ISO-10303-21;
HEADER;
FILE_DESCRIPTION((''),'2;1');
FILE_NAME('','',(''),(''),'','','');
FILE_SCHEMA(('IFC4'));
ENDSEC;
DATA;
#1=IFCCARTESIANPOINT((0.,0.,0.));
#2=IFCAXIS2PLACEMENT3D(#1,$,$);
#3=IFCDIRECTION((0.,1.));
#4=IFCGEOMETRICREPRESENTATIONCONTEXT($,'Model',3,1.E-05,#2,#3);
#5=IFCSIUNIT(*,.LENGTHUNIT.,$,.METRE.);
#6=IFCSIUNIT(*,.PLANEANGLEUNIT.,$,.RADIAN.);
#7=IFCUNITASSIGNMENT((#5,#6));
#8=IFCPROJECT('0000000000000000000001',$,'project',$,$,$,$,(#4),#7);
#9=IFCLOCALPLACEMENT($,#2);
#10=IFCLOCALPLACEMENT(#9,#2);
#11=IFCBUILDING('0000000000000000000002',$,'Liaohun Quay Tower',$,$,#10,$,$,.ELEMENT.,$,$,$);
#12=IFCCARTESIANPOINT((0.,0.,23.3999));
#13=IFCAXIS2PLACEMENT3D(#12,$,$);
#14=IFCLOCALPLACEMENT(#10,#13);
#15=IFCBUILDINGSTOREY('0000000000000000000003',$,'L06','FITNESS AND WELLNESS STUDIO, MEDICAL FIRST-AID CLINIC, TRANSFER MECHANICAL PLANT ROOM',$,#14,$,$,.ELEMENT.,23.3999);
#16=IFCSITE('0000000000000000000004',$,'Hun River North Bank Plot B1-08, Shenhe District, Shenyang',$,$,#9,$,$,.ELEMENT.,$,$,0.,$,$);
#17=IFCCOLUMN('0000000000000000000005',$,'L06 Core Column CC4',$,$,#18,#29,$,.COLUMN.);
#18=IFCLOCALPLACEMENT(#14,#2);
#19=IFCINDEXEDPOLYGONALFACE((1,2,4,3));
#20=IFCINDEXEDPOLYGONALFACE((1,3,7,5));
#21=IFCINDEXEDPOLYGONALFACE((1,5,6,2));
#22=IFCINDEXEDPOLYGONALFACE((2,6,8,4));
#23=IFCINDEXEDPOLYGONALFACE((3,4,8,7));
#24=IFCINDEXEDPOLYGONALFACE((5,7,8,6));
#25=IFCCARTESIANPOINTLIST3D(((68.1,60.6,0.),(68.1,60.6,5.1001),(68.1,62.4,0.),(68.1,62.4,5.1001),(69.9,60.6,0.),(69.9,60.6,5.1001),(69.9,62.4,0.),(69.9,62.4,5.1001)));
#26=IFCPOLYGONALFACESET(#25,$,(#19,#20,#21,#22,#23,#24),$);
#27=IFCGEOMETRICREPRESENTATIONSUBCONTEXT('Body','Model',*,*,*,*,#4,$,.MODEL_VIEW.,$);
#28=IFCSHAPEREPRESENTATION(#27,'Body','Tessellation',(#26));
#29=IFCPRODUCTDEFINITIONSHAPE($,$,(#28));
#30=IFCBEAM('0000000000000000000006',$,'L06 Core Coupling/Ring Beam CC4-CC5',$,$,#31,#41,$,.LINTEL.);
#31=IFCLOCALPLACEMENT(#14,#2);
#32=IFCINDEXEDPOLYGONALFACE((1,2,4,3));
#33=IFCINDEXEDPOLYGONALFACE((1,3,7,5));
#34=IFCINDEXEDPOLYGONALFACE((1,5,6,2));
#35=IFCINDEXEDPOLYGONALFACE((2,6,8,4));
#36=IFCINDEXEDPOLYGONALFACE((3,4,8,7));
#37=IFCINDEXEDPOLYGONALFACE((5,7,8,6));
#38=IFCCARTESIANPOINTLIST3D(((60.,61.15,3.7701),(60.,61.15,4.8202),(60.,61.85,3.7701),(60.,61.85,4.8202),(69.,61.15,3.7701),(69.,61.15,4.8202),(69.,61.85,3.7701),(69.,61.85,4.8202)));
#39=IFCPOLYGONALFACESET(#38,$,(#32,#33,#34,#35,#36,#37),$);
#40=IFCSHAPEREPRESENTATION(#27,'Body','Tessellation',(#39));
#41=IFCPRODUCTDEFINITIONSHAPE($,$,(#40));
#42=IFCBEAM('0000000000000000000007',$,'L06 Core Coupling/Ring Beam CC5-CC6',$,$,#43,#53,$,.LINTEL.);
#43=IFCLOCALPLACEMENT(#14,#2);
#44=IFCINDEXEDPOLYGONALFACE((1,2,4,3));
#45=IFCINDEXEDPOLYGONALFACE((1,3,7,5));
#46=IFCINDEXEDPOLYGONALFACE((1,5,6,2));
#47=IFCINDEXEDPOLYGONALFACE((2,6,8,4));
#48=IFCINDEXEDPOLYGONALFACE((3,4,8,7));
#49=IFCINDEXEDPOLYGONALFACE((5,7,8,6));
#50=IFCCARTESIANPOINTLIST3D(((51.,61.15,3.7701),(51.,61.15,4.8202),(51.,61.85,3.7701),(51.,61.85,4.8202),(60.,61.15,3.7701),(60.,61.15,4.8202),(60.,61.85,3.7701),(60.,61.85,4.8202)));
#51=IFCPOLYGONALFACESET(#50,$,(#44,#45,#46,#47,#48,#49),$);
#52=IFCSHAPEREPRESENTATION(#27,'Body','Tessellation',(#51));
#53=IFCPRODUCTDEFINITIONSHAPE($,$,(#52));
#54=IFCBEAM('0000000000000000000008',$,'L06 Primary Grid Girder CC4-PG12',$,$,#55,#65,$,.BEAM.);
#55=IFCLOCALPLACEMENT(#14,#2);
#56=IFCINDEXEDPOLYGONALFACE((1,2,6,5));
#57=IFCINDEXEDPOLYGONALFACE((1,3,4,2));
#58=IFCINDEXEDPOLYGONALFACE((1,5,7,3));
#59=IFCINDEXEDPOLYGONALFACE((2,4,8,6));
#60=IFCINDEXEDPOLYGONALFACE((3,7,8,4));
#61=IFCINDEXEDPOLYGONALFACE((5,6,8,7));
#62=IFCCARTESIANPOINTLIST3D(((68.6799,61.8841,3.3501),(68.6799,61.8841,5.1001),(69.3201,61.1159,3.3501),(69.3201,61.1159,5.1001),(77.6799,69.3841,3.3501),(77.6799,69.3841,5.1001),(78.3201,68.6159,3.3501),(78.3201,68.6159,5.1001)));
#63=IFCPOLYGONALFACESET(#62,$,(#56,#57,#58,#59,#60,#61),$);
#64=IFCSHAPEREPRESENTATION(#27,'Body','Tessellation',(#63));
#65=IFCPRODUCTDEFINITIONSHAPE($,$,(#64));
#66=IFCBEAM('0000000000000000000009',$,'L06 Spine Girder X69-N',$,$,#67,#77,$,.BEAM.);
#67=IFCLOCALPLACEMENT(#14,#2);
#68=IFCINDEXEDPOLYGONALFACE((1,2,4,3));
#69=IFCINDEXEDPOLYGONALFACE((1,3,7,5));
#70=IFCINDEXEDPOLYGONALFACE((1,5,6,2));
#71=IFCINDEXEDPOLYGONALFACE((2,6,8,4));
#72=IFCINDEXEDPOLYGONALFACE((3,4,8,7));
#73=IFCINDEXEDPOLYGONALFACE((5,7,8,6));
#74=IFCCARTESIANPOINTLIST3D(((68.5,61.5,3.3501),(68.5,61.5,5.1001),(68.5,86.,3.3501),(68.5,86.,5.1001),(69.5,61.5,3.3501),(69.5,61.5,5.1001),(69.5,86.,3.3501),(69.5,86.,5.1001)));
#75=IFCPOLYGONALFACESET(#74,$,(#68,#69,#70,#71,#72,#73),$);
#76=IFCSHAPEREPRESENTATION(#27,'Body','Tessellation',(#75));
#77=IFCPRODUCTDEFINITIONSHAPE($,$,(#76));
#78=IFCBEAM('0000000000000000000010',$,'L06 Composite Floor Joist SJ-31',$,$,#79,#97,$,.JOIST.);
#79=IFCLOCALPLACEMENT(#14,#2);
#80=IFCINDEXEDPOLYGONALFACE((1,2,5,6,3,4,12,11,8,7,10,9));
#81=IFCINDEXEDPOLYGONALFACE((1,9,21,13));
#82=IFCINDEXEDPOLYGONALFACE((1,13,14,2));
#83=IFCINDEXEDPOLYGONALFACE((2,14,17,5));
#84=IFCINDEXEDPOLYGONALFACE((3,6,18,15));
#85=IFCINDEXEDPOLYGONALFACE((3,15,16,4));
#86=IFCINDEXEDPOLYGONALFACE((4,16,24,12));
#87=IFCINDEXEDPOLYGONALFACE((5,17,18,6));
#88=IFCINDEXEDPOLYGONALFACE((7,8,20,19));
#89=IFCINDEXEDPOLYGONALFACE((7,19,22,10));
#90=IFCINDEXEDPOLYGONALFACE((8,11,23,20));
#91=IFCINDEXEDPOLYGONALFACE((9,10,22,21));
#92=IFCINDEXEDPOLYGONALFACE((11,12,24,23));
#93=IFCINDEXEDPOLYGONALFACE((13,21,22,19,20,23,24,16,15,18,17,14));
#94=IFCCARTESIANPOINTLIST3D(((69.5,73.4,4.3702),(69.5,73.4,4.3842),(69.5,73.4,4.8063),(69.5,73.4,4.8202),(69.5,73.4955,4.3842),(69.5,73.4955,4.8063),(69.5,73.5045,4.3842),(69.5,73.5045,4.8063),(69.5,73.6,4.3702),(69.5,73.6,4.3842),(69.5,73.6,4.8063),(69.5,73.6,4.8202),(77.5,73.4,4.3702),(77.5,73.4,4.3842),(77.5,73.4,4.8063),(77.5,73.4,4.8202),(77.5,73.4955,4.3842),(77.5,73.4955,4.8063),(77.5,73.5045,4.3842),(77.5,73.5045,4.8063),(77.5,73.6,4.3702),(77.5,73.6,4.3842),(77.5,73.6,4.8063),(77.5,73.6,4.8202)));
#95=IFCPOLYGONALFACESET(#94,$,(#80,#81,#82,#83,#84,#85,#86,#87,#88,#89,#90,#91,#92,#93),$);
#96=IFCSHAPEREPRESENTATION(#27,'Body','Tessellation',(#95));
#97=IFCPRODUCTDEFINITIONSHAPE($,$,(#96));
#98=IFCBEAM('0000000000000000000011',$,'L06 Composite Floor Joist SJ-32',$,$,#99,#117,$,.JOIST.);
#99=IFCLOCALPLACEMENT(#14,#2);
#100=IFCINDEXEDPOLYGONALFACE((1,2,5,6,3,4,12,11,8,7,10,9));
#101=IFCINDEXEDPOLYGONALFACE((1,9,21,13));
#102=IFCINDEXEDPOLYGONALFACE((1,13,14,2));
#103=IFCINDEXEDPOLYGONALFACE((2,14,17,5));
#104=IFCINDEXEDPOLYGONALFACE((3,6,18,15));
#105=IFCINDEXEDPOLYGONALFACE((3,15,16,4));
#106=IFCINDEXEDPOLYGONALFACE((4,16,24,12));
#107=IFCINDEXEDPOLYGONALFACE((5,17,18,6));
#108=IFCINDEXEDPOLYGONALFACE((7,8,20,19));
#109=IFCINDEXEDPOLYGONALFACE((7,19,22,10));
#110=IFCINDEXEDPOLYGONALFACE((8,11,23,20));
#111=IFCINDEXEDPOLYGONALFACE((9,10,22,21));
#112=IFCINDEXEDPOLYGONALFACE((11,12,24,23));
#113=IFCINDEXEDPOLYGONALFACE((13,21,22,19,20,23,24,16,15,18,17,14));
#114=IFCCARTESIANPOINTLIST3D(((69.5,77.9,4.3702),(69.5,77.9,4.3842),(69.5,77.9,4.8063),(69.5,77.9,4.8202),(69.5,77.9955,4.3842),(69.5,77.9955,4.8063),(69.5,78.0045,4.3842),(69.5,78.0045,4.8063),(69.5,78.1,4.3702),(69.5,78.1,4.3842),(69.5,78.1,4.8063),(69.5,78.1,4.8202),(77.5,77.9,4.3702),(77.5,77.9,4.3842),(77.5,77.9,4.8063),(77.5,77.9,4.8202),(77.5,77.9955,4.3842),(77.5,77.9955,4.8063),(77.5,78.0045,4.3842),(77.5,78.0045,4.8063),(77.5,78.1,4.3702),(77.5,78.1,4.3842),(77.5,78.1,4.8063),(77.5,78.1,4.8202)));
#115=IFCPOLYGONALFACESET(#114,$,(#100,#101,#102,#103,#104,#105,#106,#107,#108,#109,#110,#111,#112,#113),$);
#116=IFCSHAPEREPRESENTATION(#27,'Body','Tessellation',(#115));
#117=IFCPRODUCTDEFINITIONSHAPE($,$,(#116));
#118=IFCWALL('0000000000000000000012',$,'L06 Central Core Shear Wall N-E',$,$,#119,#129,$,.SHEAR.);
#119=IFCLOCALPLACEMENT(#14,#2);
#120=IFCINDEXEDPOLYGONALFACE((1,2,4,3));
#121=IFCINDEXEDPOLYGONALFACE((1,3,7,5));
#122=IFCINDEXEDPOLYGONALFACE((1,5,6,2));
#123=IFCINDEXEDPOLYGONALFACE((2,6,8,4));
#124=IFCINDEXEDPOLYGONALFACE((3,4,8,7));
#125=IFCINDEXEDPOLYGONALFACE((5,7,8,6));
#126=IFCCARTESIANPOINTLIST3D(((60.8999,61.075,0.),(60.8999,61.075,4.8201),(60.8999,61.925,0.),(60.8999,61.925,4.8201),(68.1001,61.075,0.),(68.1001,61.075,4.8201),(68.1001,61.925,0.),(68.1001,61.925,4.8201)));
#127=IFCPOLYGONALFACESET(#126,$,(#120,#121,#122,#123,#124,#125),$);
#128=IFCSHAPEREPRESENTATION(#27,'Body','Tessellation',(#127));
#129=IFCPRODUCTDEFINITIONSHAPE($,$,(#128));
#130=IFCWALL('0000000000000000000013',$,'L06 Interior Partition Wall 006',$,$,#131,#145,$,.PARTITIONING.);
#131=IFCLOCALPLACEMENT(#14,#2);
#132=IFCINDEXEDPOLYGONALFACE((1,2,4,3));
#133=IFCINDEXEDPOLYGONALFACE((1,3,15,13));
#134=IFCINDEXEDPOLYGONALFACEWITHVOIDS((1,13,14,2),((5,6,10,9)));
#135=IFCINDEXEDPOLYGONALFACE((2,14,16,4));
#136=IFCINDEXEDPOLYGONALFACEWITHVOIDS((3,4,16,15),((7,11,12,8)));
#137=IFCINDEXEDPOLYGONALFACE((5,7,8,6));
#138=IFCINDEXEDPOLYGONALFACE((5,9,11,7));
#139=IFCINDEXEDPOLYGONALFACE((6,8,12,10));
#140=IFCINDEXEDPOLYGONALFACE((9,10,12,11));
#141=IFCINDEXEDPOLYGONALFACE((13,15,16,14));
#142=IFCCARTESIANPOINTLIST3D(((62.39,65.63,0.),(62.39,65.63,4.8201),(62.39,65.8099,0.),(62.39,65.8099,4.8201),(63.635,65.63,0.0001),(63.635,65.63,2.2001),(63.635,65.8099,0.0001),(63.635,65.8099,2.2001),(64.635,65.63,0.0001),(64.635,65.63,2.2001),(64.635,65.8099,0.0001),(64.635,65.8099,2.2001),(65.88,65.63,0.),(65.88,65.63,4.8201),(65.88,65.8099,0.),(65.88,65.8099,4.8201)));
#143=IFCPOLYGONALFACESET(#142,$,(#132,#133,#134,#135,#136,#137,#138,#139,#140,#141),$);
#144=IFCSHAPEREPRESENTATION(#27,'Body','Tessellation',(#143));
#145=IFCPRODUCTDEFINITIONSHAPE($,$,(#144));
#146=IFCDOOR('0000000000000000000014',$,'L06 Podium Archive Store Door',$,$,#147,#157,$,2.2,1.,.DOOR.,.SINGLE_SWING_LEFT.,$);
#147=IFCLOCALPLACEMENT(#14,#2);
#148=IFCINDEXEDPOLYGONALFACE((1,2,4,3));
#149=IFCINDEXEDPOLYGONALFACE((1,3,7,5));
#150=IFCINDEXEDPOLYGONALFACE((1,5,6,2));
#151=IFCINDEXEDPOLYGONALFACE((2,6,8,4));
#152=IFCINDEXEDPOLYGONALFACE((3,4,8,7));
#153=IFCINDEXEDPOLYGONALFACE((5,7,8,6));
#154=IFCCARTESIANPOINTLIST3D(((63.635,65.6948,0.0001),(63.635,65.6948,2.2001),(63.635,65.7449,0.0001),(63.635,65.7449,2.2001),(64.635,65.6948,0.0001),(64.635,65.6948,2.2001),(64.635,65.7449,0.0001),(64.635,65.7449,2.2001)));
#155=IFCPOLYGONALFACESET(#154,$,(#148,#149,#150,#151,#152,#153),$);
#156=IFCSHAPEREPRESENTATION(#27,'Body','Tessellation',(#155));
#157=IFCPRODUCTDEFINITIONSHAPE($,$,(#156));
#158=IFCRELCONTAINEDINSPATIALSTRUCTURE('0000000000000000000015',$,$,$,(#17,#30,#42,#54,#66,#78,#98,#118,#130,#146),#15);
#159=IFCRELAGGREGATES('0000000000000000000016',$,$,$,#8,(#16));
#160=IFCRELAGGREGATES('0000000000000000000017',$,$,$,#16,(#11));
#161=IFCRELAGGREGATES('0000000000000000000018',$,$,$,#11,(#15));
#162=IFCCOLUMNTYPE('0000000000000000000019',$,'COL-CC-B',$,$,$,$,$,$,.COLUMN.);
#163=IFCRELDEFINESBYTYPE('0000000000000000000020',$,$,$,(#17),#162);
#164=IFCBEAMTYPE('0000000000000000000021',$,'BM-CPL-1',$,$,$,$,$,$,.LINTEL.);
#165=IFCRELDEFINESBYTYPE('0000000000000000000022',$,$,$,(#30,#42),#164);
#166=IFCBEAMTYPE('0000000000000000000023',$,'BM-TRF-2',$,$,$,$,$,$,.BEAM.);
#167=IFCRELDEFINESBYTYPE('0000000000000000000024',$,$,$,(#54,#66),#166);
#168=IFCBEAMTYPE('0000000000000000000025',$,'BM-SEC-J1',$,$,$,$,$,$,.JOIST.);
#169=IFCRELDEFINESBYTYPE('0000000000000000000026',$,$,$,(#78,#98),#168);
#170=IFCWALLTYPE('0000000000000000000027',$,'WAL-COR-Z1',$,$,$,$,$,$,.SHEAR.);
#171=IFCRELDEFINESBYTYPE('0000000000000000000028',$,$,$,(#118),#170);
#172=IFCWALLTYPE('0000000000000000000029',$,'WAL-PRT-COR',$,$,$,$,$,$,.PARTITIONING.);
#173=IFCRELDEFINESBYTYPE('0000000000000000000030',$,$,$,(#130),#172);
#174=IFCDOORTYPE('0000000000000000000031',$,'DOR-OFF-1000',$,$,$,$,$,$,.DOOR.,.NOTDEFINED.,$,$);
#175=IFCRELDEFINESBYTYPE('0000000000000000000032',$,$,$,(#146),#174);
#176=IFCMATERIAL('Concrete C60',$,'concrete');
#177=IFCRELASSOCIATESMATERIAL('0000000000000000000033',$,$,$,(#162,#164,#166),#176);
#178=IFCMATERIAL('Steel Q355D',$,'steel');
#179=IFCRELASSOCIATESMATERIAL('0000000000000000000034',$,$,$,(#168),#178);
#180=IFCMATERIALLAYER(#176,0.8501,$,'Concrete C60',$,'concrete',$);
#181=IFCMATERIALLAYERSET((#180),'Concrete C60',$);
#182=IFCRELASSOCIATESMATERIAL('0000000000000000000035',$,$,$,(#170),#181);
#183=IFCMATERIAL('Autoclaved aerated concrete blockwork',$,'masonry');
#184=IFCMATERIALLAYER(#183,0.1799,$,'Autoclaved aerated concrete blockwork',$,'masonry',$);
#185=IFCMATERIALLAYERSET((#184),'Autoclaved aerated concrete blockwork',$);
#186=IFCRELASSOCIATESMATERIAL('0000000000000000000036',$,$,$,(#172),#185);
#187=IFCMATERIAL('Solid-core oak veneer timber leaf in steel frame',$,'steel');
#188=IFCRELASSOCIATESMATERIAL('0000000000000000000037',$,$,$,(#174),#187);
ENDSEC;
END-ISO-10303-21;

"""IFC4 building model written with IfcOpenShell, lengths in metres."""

from ifc_helpers import new_model, si_unit, direction, frame, frame_2d, origin, origin_2d, place, context, subcontext, project, spatial, rectangle, i_section, extrude, source, transform, mapped, material, layer, layer_set, material_profile, profile_set, type_object, element, fill, save


model = new_model("IFC4")

# Units and contexts
model_context = context("Model", 3, precision=1e-05, world=origin(), true_north=direction((0.0, 1.0)))
body_context = subcontext(model_context, "Body", "Model", "MODEL_VIEW")
ifc_project = project(units=[si_unit("LENGTHUNIT", "METRE"), si_unit("PLANEANGLEUNIT", "RADIAN")], contexts=[model_context])

# Site, building, storey
site_placement = place(None, origin())
site = spatial("IfcSite", under=ifc_project, at=site_placement, Name="Hun River North Bank Plot B1-08, Shenhe District, Shenyang", CompositionType="ELEMENT", RefElevation=0.0)
building_placement = place(site_placement, origin())
building = spatial("IfcBuilding", under=site, at=building_placement, Name="Liaohun Quay Tower", CompositionType="ELEMENT")
storey_placement = place(building_placement, frame((0.0, 0.0, 23.3999)))
storey = spatial("IfcBuildingStorey", under=building, at=storey_placement, Name="L06", Description="FITNESS AND WELLNESS STUDIO, MEDICAL FIRST-AID CLINIC, TRANSFER MECHANICAL PLANT ROOM", CompositionType="ELEMENT", Elevation=23.3999)

# Column
ifc_material_1 = material(Name="Concrete C60", Category="concrete")
ifc_material_profile_1 = material_profile(ifc_material_1, rectangle(XDim=1.8, YDim=1.8, at=origin_2d()), Name="RC1800x1800")
ifc_profile_set_1 = profile_set([ifc_material_profile_1], Name="Concrete C60")
column_type = type_object("IfcColumnType", Name="COL-CC-B", PredefinedType="COLUMN", material=ifc_profile_set_1)
shared_shape_1 = source(origin(), body_context, "Body", "SweptSolid", [
    extrude(rectangle(XDim=1.8, YDim=1.8, at=origin_2d()), origin(), (0.0, 0.0, 1.0), 5.1001),
])
column_placement = place(storey_placement, frame((69.0, 61.5, 0.0), z_axis=(0.0, 0.0, 1.0), x_axis=(1.0, 0.0, 0.0)))
element("IfcColumn", 1, at=column_placement, inside=storey, type_object=column_type, Name="L06 Core Column CC4", PredefinedType="COLUMN", context=body_context, shape_type="MappedRepresentation", body=[
    mapped(shared_shape_1, transform((0.0, 0.0, 0.0), x_axis=(1.0, 0.0, 0.0), y_axis=(0.0, 1.0, 0.0), z_axis=(0.0, 0.0, 1.0), scale=1.0)),
])

# Beams
ifc_material_profile_2 = material_profile(ifc_material_1, rectangle(XDim=0.7, YDim=1.05, at=origin_2d()), Name="RC700x1050")
ifc_profile_set_2 = profile_set([ifc_material_profile_2], Name="Concrete C60")
beam_type_1 = type_object("IfcBeamType", Name="BM-CPL-1", PredefinedType="LINTEL", material=ifc_profile_set_2)
shared_shape_2 = source(origin(), body_context, "Body", "SweptSolid", [
    extrude(rectangle(XDim=0.7, YDim=1.05, at=origin_2d()), origin(), (0.0, 0.0, 1.0), 9.0),
])
for number, where, z_axis, x_axis, name in (
    (2, (69.0, 61.5, 4.2952), (-1.0, 0.0, 0.0), (0.0, -1.0, 0.0), "L06 Core Coupling/Ring Beam CC4-CC5"),
    (3, (60.0, 61.5, 4.2952), (-1.0, 0.0, 0.0), (0.0, -1.0, 0.0), "L06 Core Coupling/Ring Beam CC5-CC6"),
):
    element("IfcBeam", number, at=place(storey_placement, frame(where, z_axis=z_axis, x_axis=x_axis)), inside=storey, type_object=beam_type_1, Name=name, PredefinedType="LINTEL", context=body_context, shape_type="MappedRepresentation", body=[
        mapped(shared_shape_2, transform((0.0, 0.0, 0.0), x_axis=(1.0, 0.0, 0.0), y_axis=(0.0, 1.0, 0.0), z_axis=(0.0, 0.0, 1.0), scale=1.0)),
    ])
ifc_material_profile_3 = material_profile(ifc_material_1, rectangle(XDim=1.0, YDim=1.75, at=origin_2d()), Name="RC1000x1750")
ifc_profile_set_3 = profile_set([ifc_material_profile_3], Name="Concrete C60")
beam_type_2 = type_object("IfcBeamType", Name="BM-TRF-2", PredefinedType="BEAM", material=ifc_profile_set_3)
shared_shape_3 = source(origin(), body_context, "Body", "SweptSolid", [
    extrude(rectangle(XDim=1.0, YDim=1.75, at=origin_2d()), origin(), (0.0, 0.0, 1.0), 11.7153),
])
beam_1_placement = place(storey_placement, frame((69.0, 61.5, 4.2251), z_axis=(0.768221, 0.640184, 0.0), x_axis=(-0.640184, 0.768221, 0.0)))
element("IfcBeam", 4, at=beam_1_placement, inside=storey, type_object=beam_type_2, Name="L06 Primary Grid Girder CC4-PG12", PredefinedType="BEAM", context=body_context, shape_type="MappedRepresentation", body=[
    mapped(shared_shape_3, transform((0.0, 0.0, 0.0), x_axis=(1.0, 0.0, 0.0), y_axis=(0.0, 1.0, 0.0), z_axis=(0.0, 0.0, 1.0), scale=1.0)),
])
shared_shape_4 = source(origin(), body_context, "Body", "SweptSolid", [
    extrude(rectangle(XDim=1.0, YDim=1.75, at=origin_2d()), origin(), (0.0, 0.0, 1.0), 24.5),
])
beam_2_placement = place(storey_placement, frame((69.0, 61.5, 4.2251), z_axis=(0.0, 1.0, 0.0), x_axis=(-1.0, 0.0, 0.0)))
element("IfcBeam", 5, at=beam_2_placement, inside=storey, type_object=beam_type_2, Name="L06 Spine Girder X69-N", PredefinedType="BEAM", context=body_context, shape_type="MappedRepresentation", body=[
    mapped(shared_shape_4, transform((0.0, 0.0, 0.0), x_axis=(1.0, 0.0, 0.0), y_axis=(0.0, 1.0, 0.0), z_axis=(0.0, 0.0, 1.0), scale=1.0)),
])
ifc_material_2 = material(Name="Steel Q355D", Category="steel")
ifc_material_profile_4 = material_profile(ifc_material_2, i_section(OverallWidth=0.2, OverallDepth=0.45, WebThickness=0.009, FlangeThickness=0.0139, at=origin_2d()), Name="HN450x200x9x14")
ifc_profile_set_4 = profile_set([ifc_material_profile_4], Name="Steel Q355D")
beam_type_3 = type_object("IfcBeamType", Name="BM-SEC-J1", PredefinedType="JOIST", material=ifc_profile_set_4)
shared_shape_5 = source(origin(), body_context, "Body", "SweptSolid", [
    extrude(i_section(OverallWidth=0.2, OverallDepth=0.45, WebThickness=0.009, FlangeThickness=0.0139, at=origin_2d()), origin(), (0.0, 0.0, 1.0), 8.0),
])
for number, where, z_axis, x_axis, name in (
    (6, (69.5, 73.5, 4.5952), (1.0, 0.0, 0.0), (0.0, 1.0, 0.0), "L06 Composite Floor Joist SJ-31"),
    (7, (69.5, 78.0, 4.5952), (1.0, 0.0, 0.0), (0.0, 1.0, 0.0), "L06 Composite Floor Joist SJ-32"),
):
    element("IfcBeam", number, at=place(storey_placement, frame(where, z_axis=z_axis, x_axis=x_axis)), inside=storey, type_object=beam_type_3, Name=name, PredefinedType="JOIST", context=body_context, shape_type="MappedRepresentation", body=[
        mapped(shared_shape_5, transform((0.0, 0.0, 0.0), x_axis=(1.0, 0.0, 0.0), y_axis=(0.0, 1.0, 0.0), z_axis=(0.0, 0.0, 1.0), scale=1.0)),
    ])

# Wall
ifc_layer_1 = layer(ifc_material_1, 0.8501, Name="Concrete C60", Category="concrete")
ifc_layer_set_1 = layer_set([ifc_layer_1], Name="Concrete C60")
wall_type_1 = type_object("IfcWallType", Name="WAL-COR-Z1", PredefinedType="SHEAR", material=ifc_layer_set_1)
wall_1_placement = place(storey_placement, frame((60.8999, 61.5, 0.0), z_axis=(0.0, 0.0, 1.0), x_axis=(1.0, 0.0, 0.0)))
element("IfcWall", 8, at=wall_1_placement, inside=storey, type_object=wall_type_1, Name="L06 Central Core Shear Wall N-E", PredefinedType="SHEAR", context=body_context, shape_type="SweptSolid", body=[
    extrude(rectangle(XDim=7.2002, YDim=0.8501, at=frame_2d((3.6001, 0.0))), origin(), (0.0, 0.0, 1.0), 4.8201),
])

# Wall, opening, door
ifc_material_3 = material(Name="Autoclaved aerated concrete blockwork", Category="masonry")
ifc_layer_2 = layer(ifc_material_3, 0.1799, Name="Autoclaved aerated concrete blockwork", Category="masonry")
ifc_layer_set_2 = layer_set([ifc_layer_2], Name="Autoclaved aerated concrete blockwork")
wall_type_2 = type_object("IfcWallType", Name="WAL-PRT-COR", PredefinedType="PARTITIONING", material=ifc_layer_set_2)
wall_2_placement = place(storey_placement, frame((62.3899, 65.72, 0.0), z_axis=(0.0, 0.0, 1.0), x_axis=(1.0, 0.0, 0.0)))
wall_2 = element("IfcWall", 9, at=wall_2_placement, inside=storey, type_object=wall_type_2, Name="L06 Interior Partition Wall 006", PredefinedType="PARTITIONING", context=body_context, shape_type="SweptSolid", body=[
    extrude(rectangle(XDim=3.49, YDim=0.1799, at=frame_2d((1.7451, 0.0))), origin(), (0.0, 0.0, 1.0), 4.8201),
])
shared_shape_6 = source(origin(), body_context, "Body", "SweptSolid", [
    extrude(rectangle(XDim=1.0, YDim=2.2, at=frame_2d((0.5, 1.1001))), frame((0.0, 0.0999, 0.0), z_axis=(0.0, -1.0, 0.0), x_axis=(1.0, 0.0, 0.0)), (0.0, 0.0, 1.0), 0.2),
])
opening_1_placement = place(wall_2_placement, frame((1.2451, 0.0, 0.0)))
opening_1 = element("IfcOpeningElement", 10, at=opening_1_placement, cuts=wall_2, PredefinedType="OPENING", context=body_context, shape_type="MappedRepresentation", body=[
    mapped(shared_shape_6, transform((0.0, 0.0, 0.0), x_axis=(1.0, 0.0, 0.0), y_axis=(0.0, 1.0, 0.0), z_axis=(0.0, 0.0, 1.0), scale=1.0)),
])
ifc_material_4 = material(Name="Solid-core oak veneer timber leaf in steel frame", Category="steel")
door_type_1 = type_object("IfcDoorType", Name="DOR-OFF-1000", OperationType="NOTDEFINED", PredefinedType="DOOR", material=ifc_material_4)
shared_shape_7 = source(origin(), body_context, "Body", "SweptSolid", [
    extrude(rectangle(XDim=1.0, YDim=2.2, at=frame_2d((0.5, 1.1001))), frame((0.0, 0.0249, 0.0), z_axis=(0.0, -1.0, 0.0), x_axis=(1.0, 0.0, 0.0)), (0.0, 0.0, 1.0), 0.05),
])
door_1_placement = place(opening_1_placement, origin())
door_1 = element("IfcDoor", 11, at=door_1_placement, inside=storey, type_object=door_type_1, Name="L06 Podium Archive Store Door", OperationType="SINGLE_SWING_LEFT", OverallHeight=2.2, OverallWidth=1.0, PredefinedType="DOOR", context=body_context, shape_type="MappedRepresentation", body=[
    mapped(shared_shape_7, transform((0.0, 0.0, 0.0), x_axis=(1.0, 0.0, 0.0), y_axis=(0.0, 1.0, 0.0), z_axis=(0.0, 0.0, 1.0), scale=1.0)),
])
fill(opening_1, door_1)

save(model, "model.ifc")
